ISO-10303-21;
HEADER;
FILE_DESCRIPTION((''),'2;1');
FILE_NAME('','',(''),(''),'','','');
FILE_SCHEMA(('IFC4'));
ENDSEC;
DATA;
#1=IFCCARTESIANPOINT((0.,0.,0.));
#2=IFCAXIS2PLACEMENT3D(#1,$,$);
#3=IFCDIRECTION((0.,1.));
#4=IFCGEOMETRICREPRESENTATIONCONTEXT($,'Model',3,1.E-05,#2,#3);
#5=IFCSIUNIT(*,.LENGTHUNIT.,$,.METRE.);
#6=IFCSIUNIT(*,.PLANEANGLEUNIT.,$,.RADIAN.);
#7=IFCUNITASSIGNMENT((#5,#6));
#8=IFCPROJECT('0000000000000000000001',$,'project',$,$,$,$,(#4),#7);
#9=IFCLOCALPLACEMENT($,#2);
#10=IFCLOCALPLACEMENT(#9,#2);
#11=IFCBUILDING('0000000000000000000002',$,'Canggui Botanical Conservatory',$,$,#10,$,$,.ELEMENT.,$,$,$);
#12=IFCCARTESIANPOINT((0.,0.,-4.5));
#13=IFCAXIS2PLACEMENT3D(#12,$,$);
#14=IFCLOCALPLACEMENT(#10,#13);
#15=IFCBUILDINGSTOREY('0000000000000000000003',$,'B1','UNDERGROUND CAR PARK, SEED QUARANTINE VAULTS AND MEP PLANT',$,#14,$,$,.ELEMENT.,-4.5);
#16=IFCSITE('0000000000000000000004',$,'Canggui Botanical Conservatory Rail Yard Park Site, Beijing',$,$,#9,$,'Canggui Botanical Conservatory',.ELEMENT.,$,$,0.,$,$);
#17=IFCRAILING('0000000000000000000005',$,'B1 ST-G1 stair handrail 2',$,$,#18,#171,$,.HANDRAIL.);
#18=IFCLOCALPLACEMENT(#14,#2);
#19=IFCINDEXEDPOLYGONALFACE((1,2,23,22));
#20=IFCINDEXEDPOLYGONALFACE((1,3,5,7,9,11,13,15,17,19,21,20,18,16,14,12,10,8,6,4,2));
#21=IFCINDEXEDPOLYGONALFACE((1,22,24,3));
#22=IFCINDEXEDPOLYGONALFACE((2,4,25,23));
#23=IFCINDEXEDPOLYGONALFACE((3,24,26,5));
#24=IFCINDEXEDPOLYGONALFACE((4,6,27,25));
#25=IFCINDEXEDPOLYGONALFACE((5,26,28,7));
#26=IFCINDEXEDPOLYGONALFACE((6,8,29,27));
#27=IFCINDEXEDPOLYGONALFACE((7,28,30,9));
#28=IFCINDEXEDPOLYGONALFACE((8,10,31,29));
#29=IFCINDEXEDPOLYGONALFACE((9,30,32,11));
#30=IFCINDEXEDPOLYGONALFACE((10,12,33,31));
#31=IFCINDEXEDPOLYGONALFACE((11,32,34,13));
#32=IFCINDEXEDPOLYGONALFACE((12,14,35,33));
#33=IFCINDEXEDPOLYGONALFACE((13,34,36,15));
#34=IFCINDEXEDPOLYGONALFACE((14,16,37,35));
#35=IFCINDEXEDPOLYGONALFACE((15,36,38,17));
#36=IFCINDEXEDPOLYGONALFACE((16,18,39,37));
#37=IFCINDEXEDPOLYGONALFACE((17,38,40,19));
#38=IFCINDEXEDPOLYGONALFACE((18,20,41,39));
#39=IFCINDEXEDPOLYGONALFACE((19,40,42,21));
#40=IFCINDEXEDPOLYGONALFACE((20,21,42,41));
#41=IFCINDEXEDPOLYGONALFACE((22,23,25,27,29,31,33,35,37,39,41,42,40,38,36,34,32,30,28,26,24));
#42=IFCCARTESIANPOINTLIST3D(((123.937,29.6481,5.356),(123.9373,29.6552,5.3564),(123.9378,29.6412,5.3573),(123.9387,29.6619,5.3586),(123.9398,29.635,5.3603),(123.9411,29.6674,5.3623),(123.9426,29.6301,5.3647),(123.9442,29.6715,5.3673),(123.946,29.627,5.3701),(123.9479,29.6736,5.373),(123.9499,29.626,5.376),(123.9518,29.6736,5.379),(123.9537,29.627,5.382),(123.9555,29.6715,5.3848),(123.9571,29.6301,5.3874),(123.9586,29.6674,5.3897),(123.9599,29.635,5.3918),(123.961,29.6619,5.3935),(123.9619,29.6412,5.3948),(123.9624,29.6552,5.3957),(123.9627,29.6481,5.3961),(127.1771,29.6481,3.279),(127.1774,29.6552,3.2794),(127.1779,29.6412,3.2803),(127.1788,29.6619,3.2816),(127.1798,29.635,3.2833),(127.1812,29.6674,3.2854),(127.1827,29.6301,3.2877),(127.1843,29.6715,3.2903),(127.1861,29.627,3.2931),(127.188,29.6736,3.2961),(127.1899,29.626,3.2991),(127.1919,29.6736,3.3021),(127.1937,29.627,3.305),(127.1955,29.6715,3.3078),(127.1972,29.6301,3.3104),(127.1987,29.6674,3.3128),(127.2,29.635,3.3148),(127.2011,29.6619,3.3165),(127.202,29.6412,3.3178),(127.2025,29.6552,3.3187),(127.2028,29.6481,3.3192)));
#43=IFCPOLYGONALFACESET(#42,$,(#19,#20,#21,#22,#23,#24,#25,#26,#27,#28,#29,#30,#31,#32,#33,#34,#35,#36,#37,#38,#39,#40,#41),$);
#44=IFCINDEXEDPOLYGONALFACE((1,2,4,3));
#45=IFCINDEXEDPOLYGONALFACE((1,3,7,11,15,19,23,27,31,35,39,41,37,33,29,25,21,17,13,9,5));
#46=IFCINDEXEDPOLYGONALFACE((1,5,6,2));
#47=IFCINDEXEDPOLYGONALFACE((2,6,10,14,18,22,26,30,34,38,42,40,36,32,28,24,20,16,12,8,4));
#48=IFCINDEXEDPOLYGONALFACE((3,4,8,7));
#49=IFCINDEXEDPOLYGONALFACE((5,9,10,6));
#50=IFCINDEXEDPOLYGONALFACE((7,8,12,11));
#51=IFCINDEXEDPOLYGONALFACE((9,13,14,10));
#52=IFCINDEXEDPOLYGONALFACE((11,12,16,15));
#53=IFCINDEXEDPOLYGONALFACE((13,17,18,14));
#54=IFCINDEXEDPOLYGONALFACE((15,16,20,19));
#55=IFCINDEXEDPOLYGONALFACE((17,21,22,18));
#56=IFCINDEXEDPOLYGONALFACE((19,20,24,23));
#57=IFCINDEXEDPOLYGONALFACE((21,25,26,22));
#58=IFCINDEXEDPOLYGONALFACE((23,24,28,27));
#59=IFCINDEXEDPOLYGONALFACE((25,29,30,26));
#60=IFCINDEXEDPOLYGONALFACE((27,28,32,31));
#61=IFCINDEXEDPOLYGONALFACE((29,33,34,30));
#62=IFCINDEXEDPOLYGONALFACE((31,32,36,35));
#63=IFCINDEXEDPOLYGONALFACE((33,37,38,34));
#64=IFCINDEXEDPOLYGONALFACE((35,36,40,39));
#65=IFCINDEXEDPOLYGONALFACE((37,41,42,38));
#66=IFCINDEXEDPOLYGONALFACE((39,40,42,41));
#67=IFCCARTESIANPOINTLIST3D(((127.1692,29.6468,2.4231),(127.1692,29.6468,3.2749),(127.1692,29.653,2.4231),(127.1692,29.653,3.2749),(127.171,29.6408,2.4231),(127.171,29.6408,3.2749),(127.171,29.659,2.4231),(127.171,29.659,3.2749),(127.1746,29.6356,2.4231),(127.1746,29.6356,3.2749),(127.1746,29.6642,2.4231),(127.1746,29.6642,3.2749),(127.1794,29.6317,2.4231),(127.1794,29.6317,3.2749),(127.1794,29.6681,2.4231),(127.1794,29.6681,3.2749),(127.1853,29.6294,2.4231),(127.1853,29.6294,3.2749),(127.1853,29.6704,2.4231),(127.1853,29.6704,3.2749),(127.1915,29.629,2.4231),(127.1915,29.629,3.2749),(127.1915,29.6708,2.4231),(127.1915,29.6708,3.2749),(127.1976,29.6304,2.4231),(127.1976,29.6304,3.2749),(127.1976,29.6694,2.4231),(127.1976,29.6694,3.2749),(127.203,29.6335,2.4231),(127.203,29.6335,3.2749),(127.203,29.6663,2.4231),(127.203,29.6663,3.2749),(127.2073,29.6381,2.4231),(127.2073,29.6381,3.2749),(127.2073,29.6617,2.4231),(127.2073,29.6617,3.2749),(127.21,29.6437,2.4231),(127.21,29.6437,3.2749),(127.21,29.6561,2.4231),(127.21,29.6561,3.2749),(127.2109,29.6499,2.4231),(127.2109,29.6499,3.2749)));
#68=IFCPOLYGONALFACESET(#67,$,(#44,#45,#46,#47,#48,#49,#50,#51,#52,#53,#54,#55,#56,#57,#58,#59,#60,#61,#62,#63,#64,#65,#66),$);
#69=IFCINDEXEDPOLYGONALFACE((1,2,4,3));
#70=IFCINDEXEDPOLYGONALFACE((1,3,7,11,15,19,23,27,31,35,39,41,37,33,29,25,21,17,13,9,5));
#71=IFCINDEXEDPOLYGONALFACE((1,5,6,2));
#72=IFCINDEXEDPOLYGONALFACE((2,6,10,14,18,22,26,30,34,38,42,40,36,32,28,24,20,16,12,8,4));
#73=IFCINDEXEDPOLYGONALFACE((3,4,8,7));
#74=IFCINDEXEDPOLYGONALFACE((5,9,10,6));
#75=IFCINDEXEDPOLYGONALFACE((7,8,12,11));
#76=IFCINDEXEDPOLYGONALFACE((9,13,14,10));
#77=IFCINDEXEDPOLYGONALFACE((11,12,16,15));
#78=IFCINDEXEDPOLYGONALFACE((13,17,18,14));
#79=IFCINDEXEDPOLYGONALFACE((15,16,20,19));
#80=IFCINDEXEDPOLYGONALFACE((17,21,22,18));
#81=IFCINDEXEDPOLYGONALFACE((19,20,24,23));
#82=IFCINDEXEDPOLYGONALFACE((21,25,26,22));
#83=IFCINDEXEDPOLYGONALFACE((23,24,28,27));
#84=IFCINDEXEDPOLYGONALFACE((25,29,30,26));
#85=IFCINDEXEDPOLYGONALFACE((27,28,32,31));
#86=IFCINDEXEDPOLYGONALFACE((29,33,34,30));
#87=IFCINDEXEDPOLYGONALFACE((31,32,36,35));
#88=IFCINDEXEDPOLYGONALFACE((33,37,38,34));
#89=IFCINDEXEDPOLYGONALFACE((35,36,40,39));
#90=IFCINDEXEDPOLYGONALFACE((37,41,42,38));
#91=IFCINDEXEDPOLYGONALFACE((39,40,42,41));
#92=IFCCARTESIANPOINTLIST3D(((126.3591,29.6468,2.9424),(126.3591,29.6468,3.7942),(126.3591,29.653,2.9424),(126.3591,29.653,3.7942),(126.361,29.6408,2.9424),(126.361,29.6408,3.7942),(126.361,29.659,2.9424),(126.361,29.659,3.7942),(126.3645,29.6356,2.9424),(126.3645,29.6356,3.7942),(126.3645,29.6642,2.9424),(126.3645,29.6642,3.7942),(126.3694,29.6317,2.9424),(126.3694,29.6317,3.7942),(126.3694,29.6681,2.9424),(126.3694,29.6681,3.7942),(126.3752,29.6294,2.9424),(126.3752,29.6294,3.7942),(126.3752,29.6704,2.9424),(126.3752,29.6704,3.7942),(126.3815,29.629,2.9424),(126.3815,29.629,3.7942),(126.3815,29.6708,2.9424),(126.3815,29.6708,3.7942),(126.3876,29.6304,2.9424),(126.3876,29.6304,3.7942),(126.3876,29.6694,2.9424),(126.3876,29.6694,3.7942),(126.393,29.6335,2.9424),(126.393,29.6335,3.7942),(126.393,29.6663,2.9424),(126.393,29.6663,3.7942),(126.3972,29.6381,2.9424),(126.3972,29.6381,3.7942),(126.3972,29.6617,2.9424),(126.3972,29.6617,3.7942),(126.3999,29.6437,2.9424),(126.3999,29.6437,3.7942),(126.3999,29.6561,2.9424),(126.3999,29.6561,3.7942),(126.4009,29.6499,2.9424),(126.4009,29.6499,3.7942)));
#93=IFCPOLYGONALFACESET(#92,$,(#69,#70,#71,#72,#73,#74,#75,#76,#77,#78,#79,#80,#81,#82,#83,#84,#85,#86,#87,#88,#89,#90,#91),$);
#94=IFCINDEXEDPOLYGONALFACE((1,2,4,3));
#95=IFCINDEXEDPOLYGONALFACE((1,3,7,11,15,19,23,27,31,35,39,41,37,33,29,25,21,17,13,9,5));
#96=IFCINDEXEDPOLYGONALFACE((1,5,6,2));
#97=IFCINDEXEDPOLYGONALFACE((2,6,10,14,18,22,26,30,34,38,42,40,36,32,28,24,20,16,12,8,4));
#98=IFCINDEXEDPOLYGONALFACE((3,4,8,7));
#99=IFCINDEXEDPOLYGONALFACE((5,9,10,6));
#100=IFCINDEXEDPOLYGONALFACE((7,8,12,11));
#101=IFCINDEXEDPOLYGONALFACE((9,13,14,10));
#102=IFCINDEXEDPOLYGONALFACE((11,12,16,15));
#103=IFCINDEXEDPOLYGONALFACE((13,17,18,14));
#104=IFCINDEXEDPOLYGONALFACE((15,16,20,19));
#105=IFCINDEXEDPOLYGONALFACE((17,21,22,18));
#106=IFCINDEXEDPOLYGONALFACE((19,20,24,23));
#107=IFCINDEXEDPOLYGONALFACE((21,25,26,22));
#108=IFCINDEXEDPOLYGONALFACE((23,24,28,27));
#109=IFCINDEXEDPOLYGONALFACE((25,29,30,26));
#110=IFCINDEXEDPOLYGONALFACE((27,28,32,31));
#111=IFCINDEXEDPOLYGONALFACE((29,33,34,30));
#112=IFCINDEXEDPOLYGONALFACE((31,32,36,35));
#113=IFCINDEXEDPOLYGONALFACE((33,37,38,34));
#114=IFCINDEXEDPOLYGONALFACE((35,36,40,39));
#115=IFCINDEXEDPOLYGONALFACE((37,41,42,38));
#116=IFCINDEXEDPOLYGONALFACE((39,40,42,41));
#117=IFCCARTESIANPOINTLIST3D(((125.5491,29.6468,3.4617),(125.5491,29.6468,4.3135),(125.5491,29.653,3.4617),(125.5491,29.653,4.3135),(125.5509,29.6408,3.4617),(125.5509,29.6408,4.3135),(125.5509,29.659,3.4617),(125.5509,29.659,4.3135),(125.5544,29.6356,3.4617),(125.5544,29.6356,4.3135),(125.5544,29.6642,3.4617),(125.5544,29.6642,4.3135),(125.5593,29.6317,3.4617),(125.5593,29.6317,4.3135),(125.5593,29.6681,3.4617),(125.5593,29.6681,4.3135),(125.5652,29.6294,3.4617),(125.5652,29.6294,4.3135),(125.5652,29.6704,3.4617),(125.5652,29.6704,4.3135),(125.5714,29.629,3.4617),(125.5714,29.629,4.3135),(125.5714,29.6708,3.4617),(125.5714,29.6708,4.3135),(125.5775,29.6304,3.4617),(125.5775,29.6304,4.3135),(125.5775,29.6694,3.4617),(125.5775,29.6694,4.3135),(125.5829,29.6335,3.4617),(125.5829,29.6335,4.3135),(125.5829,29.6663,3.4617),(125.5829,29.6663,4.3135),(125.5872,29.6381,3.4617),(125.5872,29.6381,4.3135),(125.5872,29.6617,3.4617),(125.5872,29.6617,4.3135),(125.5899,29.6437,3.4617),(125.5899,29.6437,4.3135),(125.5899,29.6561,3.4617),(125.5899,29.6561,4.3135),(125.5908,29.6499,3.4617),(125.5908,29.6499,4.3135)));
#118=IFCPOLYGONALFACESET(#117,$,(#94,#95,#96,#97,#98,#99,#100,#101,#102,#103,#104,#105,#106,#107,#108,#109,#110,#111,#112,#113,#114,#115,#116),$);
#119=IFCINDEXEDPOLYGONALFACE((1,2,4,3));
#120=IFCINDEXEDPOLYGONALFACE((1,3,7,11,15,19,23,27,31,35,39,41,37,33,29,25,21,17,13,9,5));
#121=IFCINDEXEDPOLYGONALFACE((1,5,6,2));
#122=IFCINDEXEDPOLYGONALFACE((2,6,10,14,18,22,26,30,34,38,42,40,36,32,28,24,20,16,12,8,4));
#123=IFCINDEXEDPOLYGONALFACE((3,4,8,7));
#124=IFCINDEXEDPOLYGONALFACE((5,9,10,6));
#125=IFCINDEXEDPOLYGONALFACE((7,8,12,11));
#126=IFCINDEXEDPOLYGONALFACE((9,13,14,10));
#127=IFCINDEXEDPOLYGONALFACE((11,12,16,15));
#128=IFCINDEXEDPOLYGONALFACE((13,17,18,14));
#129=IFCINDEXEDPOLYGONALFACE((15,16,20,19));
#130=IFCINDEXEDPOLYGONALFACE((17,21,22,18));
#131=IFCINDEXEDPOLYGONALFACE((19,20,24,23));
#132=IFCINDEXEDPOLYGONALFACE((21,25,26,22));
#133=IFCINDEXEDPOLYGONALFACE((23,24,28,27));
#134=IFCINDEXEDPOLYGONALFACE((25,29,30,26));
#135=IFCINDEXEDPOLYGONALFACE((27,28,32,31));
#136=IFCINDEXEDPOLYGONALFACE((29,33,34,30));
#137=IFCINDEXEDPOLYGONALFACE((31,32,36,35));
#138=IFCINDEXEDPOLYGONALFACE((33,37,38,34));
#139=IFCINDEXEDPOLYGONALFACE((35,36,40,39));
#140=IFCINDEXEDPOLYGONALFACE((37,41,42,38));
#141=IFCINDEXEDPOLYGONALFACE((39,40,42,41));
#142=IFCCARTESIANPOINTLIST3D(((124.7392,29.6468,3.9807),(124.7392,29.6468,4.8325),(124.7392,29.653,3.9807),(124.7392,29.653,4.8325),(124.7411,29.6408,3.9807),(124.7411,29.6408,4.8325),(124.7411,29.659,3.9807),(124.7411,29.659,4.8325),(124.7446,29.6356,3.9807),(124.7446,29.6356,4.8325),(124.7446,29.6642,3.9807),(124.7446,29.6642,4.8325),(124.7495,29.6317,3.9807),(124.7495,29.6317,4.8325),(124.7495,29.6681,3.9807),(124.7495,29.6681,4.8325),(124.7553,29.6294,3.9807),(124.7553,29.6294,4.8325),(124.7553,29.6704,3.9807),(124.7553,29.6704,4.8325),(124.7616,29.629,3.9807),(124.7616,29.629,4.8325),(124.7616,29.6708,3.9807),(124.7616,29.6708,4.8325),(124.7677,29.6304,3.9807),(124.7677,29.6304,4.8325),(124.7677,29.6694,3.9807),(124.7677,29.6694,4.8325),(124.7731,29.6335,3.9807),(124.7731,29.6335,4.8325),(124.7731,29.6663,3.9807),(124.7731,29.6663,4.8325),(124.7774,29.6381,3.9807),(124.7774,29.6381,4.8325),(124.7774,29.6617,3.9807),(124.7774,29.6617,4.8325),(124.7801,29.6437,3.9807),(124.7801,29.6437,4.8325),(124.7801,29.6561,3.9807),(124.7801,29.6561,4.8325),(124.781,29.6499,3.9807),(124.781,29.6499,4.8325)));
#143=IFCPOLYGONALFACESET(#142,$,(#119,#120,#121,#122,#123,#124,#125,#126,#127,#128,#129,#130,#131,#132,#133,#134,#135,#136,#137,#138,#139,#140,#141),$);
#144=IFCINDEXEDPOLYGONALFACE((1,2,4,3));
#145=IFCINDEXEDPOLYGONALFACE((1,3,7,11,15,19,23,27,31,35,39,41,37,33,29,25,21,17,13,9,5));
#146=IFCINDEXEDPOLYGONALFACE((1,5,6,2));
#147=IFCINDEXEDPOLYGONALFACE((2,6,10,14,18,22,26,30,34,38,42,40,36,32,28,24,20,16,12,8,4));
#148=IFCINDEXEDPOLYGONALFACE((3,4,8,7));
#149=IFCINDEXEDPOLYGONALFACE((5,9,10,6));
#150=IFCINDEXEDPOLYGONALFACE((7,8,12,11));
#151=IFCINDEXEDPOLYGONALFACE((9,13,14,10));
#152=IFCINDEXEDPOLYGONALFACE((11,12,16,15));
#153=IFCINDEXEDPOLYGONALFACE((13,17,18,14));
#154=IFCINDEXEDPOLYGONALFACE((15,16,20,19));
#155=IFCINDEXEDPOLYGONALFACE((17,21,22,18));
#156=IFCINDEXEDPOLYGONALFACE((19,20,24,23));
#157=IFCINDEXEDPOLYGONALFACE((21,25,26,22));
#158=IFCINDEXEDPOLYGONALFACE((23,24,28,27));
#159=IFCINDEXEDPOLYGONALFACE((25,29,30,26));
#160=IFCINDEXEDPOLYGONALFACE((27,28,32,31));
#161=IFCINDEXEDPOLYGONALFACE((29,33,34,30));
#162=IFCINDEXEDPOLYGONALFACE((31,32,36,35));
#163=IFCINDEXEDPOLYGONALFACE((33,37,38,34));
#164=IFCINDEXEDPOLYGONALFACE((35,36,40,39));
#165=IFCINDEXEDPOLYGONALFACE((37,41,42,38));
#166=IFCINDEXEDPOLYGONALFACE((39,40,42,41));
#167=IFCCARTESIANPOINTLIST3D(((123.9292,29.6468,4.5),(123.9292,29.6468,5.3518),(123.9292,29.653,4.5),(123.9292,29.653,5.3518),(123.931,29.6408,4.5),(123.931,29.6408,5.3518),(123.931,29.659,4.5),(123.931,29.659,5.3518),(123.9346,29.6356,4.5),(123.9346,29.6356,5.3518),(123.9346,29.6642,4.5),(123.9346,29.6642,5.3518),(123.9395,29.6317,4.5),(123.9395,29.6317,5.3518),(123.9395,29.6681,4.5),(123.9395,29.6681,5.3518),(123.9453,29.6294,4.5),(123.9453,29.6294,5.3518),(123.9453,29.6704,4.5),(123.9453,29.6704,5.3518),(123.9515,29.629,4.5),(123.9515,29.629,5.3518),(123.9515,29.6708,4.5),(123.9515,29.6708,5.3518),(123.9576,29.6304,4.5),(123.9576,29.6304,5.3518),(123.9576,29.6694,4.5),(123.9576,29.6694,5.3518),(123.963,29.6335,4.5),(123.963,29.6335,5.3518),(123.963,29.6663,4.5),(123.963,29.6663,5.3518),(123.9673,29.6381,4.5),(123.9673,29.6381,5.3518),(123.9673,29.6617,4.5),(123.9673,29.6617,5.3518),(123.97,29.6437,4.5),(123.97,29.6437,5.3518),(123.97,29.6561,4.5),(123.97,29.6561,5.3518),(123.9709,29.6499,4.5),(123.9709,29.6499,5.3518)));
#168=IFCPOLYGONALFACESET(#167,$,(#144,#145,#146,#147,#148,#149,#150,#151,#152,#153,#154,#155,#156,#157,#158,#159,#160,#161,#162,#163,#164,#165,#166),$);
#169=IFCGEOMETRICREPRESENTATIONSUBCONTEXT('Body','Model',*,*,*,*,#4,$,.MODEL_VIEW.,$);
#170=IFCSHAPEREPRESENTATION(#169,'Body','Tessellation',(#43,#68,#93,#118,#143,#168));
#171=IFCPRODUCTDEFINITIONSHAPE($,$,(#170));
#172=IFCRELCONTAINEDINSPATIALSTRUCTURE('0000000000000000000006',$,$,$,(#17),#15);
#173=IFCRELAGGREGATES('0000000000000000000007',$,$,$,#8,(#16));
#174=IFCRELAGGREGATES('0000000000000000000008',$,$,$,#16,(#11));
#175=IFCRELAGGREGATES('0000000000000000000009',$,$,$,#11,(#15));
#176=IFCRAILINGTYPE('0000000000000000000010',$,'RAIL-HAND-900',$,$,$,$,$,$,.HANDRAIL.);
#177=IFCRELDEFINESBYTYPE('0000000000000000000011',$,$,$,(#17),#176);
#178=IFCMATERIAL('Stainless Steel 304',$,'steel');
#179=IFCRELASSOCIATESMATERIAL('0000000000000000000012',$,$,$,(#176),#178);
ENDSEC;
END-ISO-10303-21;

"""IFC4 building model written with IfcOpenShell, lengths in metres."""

from ifc_helpers import new_model, si_unit, direction, frame, origin, origin_2d, place, context, subcontext, project, spatial, circle, extrude, material, type_object, element, save


model = new_model("IFC4")

# Units and contexts
model_context = context("Model", 3, precision=1e-05, world=origin(), true_north=direction((0.0, 1.0)))
body_context = subcontext(model_context, "Body", "Model", "MODEL_VIEW")
ifc_project = project(units=[si_unit("LENGTHUNIT", "METRE"), si_unit("PLANEANGLEUNIT", "RADIAN")], contexts=[model_context])

# Site, building, storey
site_placement = place(None, origin())
site = spatial("IfcSite", under=ifc_project, at=site_placement, Name="Canggui Botanical Conservatory Rail Yard Park Site, Beijing", LongName="Canggui Botanical Conservatory", CompositionType="ELEMENT", RefElevation=0.0)
building_placement = place(site_placement, origin())
building = spatial("IfcBuilding", under=site, at=building_placement, Name="Canggui Botanical Conservatory", CompositionType="ELEMENT")
storey_placement = place(building_placement, frame((0.0, 0.0, -4.5)))
storey = spatial("IfcBuildingStorey", under=building, at=storey_placement, Name="B1", Description="UNDERGROUND CAR PARK, SEED QUARANTINE VAULTS AND MEP PLANT", CompositionType="ELEMENT", Elevation=-4.5)

# Railing
ifc_material_1 = material(Name="Stainless Steel 304", Category="steel")
railing_type_1 = type_object("IfcRailingType", Name="RAIL-HAND-900", PredefinedType="HANDRAIL", material=ifc_material_1)
railing_1_placement = place(storey_placement, frame((127.1899, 29.6499, 2.4231)))
element("IfcRailing", 1, at=railing_1_placement, inside=storey, type_object=railing_type_1, Name="B1 ST-G1 stair handrail 2", PredefinedType="HANDRAIL", context=body_context, shape_type="SweptSolid", body=[
    extrude(circle(Radius=0.0239, at=origin_2d()), frame((0.0, 0.0, 0.876), z_axis=(-0.841881, 0.0, 0.539664), x_axis=(0.0, -1.0, 0.0)), (0.0, 0.0, 1.0), 3.8486),
    extrude(circle(Radius=0.021, at=origin_2d()), origin(), (0.0, 0.0, 1.0), 0.8518),
    extrude(circle(Radius=0.021, at=origin_2d()), frame((-0.8101, 0.0, 0.5193)), (0.0, 0.0, 1.0), 0.8518),
    extrude(circle(Radius=0.021, at=origin_2d()), frame((-1.6201, 0.0, 1.0386)), (0.0, 0.0, 1.0), 0.8518),
    extrude(circle(Radius=0.021, at=origin_2d()), frame((-2.4299, 0.0, 1.5576)), (0.0, 0.0, 1.0), 0.8518),
    extrude(circle(Radius=0.021, at=origin_2d()), frame((-3.24, 0.0, 2.0769)), (0.0, 0.0, 1.0), 0.8518),
])

save(model, "model.ifc")
